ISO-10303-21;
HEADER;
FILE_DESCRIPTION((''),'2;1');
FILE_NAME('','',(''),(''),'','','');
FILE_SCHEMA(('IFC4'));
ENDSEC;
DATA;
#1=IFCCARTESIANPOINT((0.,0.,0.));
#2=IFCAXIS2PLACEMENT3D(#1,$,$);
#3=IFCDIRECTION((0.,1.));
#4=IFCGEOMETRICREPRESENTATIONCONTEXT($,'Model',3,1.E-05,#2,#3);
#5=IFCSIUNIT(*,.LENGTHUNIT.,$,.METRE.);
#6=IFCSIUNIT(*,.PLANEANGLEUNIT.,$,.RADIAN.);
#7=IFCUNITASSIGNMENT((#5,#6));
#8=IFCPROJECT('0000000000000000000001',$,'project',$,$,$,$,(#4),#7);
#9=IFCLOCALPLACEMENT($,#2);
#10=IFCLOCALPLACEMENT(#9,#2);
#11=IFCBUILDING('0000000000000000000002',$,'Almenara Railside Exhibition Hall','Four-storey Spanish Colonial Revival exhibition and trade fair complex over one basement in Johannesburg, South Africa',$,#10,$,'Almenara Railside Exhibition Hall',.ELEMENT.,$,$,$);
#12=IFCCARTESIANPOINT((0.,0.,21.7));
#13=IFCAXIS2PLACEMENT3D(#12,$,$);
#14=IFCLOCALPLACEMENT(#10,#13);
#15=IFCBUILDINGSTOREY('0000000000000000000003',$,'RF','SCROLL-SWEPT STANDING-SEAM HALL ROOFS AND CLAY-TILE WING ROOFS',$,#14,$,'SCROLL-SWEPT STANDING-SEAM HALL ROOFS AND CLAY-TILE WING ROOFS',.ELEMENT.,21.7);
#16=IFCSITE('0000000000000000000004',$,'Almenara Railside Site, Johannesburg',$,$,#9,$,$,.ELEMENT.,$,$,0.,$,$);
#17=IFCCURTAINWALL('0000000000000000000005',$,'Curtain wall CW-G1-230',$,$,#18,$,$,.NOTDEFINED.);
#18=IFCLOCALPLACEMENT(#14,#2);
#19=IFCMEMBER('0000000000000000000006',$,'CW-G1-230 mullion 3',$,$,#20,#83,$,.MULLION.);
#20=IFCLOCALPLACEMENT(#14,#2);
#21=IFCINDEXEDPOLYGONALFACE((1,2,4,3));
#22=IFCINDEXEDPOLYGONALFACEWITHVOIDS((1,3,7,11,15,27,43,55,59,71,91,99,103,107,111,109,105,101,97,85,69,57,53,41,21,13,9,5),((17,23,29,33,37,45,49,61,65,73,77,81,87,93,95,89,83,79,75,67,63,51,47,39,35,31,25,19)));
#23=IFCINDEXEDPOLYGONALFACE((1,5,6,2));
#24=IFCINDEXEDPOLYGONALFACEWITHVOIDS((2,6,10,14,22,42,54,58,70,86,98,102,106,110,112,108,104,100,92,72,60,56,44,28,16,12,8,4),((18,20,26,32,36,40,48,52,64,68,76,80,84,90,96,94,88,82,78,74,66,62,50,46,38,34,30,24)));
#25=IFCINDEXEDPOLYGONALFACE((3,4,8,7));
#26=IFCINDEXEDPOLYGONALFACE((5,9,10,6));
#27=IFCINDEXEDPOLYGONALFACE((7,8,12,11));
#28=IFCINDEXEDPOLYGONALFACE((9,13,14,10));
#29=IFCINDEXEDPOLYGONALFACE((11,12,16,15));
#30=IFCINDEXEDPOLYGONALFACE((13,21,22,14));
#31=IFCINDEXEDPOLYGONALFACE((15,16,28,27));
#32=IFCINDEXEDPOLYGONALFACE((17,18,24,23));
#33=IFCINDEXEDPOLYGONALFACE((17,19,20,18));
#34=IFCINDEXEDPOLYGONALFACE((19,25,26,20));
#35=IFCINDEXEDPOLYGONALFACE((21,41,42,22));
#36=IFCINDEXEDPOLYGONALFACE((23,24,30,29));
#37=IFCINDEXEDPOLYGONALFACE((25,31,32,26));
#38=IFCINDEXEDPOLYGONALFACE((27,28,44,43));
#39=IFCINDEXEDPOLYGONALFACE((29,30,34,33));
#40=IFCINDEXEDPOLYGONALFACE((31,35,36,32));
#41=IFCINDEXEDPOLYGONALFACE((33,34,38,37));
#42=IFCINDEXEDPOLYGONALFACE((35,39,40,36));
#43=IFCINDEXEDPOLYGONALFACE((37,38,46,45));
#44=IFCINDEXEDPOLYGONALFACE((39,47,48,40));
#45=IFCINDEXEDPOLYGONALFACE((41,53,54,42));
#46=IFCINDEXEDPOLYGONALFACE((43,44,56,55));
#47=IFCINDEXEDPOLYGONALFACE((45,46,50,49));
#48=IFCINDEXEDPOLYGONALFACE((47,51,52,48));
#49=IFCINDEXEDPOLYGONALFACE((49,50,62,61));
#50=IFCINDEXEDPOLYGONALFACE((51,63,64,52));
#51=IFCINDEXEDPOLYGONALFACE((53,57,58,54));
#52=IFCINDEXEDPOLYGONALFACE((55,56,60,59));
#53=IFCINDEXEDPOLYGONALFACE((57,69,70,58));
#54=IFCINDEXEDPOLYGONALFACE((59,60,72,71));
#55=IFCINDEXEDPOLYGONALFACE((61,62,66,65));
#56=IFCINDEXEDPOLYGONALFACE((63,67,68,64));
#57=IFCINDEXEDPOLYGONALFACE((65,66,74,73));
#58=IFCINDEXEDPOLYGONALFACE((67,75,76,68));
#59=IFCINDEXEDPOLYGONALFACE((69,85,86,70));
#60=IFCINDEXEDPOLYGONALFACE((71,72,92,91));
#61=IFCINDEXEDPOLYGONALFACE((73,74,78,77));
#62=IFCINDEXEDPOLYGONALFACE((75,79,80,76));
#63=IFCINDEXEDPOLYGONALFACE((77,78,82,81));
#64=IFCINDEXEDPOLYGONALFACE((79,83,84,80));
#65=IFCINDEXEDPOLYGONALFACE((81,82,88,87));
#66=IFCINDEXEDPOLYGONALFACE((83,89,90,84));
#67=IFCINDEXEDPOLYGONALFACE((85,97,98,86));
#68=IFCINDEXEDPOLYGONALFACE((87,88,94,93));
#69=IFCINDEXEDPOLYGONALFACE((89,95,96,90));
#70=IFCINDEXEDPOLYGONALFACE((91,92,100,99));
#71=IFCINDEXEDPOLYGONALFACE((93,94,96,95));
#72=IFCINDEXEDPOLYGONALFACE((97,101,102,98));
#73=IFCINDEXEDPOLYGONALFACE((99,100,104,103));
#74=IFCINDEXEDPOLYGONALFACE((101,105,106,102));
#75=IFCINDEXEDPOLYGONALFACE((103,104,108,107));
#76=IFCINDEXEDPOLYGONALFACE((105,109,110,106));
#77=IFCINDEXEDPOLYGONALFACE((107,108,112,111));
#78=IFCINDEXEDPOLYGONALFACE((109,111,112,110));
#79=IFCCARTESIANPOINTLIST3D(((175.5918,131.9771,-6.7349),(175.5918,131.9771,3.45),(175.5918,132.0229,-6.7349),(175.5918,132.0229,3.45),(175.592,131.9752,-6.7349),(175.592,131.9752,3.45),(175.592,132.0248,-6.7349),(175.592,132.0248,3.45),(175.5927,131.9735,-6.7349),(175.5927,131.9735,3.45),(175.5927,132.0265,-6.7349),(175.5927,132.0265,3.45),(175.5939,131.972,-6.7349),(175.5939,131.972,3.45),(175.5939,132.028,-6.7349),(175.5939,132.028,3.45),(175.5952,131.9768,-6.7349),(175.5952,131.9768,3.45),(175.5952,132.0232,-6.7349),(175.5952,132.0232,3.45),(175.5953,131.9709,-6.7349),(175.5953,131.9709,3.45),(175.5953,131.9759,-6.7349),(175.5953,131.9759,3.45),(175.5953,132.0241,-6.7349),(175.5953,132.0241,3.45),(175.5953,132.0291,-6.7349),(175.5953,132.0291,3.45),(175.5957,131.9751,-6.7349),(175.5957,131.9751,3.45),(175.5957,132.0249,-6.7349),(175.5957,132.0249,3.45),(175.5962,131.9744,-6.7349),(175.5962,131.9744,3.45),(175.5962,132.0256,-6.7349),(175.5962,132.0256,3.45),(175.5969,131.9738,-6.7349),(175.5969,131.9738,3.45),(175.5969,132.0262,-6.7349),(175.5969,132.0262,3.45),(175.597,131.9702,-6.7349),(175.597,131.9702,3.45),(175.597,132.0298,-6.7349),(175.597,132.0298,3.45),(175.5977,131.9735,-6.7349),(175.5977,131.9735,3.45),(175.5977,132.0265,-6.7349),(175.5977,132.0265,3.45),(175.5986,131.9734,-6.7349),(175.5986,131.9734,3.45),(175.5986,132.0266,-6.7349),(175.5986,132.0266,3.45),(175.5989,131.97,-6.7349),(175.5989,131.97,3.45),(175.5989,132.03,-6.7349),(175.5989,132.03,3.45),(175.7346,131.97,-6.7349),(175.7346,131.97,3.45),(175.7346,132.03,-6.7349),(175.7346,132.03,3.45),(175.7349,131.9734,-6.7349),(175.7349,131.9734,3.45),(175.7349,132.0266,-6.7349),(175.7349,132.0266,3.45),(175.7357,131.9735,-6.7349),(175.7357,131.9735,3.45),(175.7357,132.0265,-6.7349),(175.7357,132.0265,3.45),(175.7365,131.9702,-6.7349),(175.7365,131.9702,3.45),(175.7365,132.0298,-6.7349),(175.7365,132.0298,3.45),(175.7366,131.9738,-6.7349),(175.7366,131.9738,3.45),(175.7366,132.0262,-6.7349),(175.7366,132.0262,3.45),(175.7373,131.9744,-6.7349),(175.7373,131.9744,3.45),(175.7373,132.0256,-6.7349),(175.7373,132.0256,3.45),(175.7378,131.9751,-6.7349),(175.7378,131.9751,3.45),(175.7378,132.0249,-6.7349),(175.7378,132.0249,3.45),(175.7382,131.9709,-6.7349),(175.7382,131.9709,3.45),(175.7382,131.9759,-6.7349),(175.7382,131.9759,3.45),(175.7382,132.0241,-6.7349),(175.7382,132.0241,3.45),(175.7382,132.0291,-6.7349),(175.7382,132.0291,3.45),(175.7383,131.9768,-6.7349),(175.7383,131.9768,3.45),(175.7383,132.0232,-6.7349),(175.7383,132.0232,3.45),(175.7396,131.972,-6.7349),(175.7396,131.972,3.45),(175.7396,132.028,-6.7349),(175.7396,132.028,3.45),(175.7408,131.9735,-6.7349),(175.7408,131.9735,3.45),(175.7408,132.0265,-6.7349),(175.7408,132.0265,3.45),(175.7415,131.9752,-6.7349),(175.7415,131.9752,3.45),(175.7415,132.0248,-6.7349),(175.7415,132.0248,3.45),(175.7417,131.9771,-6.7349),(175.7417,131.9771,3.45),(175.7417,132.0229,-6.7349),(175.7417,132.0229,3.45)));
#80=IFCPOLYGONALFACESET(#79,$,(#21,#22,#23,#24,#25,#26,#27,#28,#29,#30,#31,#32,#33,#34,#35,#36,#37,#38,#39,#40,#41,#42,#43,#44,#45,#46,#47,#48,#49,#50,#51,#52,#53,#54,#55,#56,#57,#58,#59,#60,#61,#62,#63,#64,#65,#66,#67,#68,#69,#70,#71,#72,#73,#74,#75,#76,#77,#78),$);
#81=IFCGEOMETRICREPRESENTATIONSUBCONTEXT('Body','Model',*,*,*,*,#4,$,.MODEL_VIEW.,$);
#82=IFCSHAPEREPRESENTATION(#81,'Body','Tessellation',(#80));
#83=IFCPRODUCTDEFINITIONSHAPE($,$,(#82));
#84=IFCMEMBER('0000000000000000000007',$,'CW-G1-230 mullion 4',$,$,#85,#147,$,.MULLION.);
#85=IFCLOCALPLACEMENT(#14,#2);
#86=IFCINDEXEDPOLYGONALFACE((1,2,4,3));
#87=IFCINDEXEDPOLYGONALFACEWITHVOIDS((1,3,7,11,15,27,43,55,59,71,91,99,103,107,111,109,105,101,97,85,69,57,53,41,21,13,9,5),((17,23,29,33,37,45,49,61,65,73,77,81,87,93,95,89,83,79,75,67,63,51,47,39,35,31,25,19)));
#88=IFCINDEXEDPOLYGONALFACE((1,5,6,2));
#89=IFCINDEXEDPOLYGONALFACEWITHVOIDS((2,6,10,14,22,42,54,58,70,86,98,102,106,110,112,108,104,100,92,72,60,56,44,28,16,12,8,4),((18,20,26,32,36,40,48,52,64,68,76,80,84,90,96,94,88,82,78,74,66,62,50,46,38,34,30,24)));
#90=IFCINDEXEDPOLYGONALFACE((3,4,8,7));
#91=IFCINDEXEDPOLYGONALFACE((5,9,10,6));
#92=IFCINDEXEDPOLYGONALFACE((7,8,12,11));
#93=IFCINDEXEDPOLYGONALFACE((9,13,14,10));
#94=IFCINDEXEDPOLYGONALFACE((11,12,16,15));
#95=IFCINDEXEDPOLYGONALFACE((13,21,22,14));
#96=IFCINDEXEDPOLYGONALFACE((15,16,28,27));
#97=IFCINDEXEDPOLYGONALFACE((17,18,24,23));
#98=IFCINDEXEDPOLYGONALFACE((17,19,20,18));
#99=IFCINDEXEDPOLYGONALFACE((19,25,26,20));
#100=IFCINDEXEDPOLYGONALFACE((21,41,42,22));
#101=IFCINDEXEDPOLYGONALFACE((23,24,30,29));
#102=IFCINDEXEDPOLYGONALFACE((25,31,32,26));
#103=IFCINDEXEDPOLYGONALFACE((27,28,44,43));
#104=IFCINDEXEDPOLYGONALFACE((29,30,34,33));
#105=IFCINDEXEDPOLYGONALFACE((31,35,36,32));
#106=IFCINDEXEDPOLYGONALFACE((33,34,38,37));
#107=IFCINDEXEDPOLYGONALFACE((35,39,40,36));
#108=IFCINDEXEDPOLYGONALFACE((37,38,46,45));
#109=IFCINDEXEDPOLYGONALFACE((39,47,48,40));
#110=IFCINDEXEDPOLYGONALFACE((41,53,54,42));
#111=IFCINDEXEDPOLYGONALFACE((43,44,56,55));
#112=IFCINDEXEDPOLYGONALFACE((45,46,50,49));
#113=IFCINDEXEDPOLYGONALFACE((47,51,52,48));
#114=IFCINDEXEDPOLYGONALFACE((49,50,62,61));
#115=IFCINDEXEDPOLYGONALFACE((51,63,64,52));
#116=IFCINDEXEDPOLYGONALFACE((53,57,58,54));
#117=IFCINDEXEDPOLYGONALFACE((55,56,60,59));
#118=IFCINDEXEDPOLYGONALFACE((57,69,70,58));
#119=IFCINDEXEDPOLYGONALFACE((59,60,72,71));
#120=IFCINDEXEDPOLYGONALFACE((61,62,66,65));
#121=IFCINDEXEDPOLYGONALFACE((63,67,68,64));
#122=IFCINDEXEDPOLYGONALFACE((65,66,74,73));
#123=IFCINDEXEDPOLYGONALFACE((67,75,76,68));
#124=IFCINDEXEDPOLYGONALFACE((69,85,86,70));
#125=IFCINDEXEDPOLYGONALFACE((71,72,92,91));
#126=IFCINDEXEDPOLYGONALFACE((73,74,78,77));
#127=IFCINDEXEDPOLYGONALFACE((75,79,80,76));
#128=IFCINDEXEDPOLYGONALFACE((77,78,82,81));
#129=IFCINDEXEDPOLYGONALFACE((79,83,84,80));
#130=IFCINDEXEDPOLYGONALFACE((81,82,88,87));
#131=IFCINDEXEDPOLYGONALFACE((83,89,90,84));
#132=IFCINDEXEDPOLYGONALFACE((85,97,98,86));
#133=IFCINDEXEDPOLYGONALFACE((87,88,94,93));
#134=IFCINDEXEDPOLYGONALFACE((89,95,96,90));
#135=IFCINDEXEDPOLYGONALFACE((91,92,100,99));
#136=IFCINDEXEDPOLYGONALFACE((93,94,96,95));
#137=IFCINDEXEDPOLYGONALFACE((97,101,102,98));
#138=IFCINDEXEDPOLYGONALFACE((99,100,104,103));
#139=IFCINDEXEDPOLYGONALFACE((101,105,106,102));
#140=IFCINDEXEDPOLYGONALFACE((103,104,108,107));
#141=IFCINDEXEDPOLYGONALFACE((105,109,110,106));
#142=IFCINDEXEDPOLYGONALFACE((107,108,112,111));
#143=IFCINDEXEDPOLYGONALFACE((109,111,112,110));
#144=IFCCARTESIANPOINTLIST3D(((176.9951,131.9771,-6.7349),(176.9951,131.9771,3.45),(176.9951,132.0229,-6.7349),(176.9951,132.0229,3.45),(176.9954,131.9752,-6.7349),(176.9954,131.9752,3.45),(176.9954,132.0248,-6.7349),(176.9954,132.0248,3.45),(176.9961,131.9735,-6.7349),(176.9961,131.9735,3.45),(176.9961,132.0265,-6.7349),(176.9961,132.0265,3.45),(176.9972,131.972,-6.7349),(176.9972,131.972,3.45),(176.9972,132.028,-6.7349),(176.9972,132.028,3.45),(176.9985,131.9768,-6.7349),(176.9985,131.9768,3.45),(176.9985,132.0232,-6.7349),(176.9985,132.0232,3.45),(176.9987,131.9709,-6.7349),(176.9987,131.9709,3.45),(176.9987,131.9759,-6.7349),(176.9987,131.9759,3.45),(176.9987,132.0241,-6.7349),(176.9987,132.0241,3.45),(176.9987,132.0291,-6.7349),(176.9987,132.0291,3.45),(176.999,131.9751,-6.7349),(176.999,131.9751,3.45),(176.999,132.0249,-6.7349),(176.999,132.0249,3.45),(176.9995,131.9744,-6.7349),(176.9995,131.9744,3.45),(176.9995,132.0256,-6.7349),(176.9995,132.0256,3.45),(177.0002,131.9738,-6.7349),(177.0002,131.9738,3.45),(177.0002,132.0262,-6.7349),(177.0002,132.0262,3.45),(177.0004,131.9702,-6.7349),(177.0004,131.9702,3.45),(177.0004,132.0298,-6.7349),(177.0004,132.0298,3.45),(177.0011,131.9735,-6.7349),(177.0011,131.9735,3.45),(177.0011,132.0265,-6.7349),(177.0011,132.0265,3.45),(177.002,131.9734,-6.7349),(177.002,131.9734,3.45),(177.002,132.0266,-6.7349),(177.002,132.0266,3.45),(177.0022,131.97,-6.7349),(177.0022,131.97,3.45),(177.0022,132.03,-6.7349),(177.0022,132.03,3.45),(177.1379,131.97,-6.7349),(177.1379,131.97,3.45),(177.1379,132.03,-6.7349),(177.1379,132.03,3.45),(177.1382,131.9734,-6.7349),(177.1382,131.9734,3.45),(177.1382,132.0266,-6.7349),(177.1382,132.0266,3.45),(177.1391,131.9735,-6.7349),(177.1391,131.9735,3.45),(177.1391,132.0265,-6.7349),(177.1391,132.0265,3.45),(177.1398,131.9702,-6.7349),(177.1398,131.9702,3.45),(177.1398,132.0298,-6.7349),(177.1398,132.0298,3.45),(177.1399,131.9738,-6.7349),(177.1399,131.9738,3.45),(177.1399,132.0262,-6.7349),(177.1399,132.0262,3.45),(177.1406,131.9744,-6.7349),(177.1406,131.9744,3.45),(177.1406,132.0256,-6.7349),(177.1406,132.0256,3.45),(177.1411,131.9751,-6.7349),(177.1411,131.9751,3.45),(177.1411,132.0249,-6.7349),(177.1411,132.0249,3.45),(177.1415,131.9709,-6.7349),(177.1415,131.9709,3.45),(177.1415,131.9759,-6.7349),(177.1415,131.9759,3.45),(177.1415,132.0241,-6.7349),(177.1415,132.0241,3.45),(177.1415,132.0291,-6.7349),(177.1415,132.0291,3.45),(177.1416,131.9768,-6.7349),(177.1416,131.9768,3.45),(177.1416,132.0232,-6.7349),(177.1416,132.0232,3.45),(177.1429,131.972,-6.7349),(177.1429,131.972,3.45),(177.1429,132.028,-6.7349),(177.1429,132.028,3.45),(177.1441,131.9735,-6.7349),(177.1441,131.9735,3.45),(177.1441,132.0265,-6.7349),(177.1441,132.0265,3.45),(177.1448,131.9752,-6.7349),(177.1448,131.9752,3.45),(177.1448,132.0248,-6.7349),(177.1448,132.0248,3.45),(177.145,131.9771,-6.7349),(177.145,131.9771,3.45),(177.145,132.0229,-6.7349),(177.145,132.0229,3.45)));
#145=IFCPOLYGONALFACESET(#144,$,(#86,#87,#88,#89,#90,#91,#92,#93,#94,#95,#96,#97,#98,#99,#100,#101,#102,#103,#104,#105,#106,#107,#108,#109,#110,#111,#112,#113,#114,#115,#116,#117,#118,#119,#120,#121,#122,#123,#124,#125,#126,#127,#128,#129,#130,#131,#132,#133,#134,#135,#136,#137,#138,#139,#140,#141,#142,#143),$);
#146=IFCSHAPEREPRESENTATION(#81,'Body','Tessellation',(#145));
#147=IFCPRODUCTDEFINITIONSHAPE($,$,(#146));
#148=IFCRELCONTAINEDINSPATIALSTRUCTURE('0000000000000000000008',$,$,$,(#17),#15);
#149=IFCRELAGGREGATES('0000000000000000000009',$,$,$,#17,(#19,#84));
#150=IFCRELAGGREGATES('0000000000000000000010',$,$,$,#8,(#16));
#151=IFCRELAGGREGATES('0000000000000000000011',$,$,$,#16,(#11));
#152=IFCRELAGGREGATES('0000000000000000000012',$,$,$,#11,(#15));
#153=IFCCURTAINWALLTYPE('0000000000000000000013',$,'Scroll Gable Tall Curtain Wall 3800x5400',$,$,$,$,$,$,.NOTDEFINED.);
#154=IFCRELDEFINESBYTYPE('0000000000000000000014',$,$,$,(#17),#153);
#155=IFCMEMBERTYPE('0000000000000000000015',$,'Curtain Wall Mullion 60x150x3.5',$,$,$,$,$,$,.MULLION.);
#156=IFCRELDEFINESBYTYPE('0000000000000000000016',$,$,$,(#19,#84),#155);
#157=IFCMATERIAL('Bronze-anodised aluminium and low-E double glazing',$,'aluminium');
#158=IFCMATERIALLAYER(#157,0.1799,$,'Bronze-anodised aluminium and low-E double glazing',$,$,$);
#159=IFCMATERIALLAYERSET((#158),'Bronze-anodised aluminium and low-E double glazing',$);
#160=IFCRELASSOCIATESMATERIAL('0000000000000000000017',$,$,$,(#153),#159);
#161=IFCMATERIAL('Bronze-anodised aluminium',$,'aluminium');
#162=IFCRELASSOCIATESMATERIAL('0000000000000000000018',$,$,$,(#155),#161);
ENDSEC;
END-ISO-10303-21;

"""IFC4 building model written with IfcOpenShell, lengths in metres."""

from ifc_helpers import new_model, si_unit, direction, frame, origin, origin_2d, place, context, subcontext, project, spatial, hollow_rectangle, extrude, material, layer, layer_set, material_profile, profile_set, type_object, element, aggregate, save


model = new_model("IFC4")

# Units and contexts
model_context = context("Model", 3, precision=1e-05, world=origin(), true_north=direction((0.0, 1.0)))
body_context = subcontext(model_context, "Body", "Model", "MODEL_VIEW")
ifc_project = project(units=[si_unit("LENGTHUNIT", "METRE"), si_unit("PLANEANGLEUNIT", "RADIAN")], contexts=[model_context])

# Site, building, storey
site_placement = place(None, origin())
site = spatial("IfcSite", under=ifc_project, at=site_placement, Name="Almenara Railside Site, Johannesburg", CompositionType="ELEMENT", RefElevation=0.0)
building_placement = place(site_placement, origin())
building = spatial("IfcBuilding", under=site, at=building_placement, Name="Almenara Railside Exhibition Hall", Description="Four-storey Spanish Colonial Revival exhibition and trade fair complex over one basement in Johannesburg, South Africa", LongName="Almenara Railside Exhibition Hall", CompositionType="ELEMENT")
storey_placement = place(building_placement, frame((0.0, 0.0, 21.7)))
storey = spatial("IfcBuildingStorey", under=building, at=storey_placement, Name="RF", Description="SCROLL-SWEPT STANDING-SEAM HALL ROOFS AND CLAY-TILE WING ROOFS", LongName="SCROLL-SWEPT STANDING-SEAM HALL ROOFS AND CLAY-TILE WING ROOFS", CompositionType="ELEMENT", Elevation=21.7)

# Curtain wall, members
ifc_material_1 = material(Name="Bronze-anodised aluminium and low-E double glazing", Category="aluminium")
ifc_layer_1 = layer(ifc_material_1, 0.1799, Name="Bronze-anodised aluminium and low-E double glazing")
ifc_layer_set_1 = layer_set([ifc_layer_1], Name="Bronze-anodised aluminium and low-E double glazing")
curtain_wall_type = type_object("IfcCurtainWallType", Name="Scroll Gable Tall Curtain Wall 3800x5400", PredefinedType="NOTDEFINED", material=ifc_layer_set_1)
ifc_material_2 = material(Name="Bronze-anodised aluminium", Category="aluminium")
curtain_wall_1_placement = place(storey_placement, origin())
curtain_wall_1 = element("IfcCurtainWall", 1, at=curtain_wall_1_placement, inside=storey, type_object=curtain_wall_type, Name="Curtain wall CW-G1-230", PredefinedType="NOTDEFINED")
ifc_material_profile_1 = material_profile(ifc_material_2, hollow_rectangle(XDim=0.0601, YDim=0.1499, WallThickness=0.0034, InnerFilletRadius=0.0034, OuterFilletRadius=0.0071, at=origin_2d()), Name="ALU-MUL 60x150x3.5")
ifc_profile_set_1 = profile_set([ifc_material_profile_1], Name="Bronze-anodised aluminium")
member_type_1 = type_object("IfcMemberType", Name="Curtain Wall Mullion 60x150x3.5", PredefinedType="MULLION", material=ifc_profile_set_1)
member_1_placement = place(storey_placement, frame((175.6667, 132.0, -6.7349), z_axis=(0.0, 0.0, 1.0), x_axis=(0.0, 1.0, 0.0)))
member_1 = element("IfcMember", 2, at=member_1_placement, type_object=member_type_1, Name="CW-G1-230 mullion 3", PredefinedType="MULLION", context=body_context, shape_type="SweptSolid", body=[
    extrude(hollow_rectangle(XDim=0.0601, YDim=0.1499, WallThickness=0.0034, InnerFilletRadius=0.0034, OuterFilletRadius=0.0071, at=origin_2d()), origin(), (0.0, 0.0, 1.0), 10.1848),
])
member_2_placement = place(storey_placement, frame((177.0701, 132.0, -6.7349), z_axis=(0.0, 0.0, 1.0), x_axis=(0.0, 1.0, 0.0)))
member_2 = element("IfcMember", 3, at=member_2_placement, type_object=member_type_1, Name="CW-G1-230 mullion 4", PredefinedType="MULLION", context=body_context, shape_type="SweptSolid", body=[
    extrude(hollow_rectangle(XDim=0.0601, YDim=0.1499, WallThickness=0.0034, InnerFilletRadius=0.0034, OuterFilletRadius=0.0071, at=origin_2d()), origin(), (0.0, 0.0, 1.0), 10.1848),
])

aggregate(curtain_wall_1, [member_1, member_2])

save(model, "model.ifc")
